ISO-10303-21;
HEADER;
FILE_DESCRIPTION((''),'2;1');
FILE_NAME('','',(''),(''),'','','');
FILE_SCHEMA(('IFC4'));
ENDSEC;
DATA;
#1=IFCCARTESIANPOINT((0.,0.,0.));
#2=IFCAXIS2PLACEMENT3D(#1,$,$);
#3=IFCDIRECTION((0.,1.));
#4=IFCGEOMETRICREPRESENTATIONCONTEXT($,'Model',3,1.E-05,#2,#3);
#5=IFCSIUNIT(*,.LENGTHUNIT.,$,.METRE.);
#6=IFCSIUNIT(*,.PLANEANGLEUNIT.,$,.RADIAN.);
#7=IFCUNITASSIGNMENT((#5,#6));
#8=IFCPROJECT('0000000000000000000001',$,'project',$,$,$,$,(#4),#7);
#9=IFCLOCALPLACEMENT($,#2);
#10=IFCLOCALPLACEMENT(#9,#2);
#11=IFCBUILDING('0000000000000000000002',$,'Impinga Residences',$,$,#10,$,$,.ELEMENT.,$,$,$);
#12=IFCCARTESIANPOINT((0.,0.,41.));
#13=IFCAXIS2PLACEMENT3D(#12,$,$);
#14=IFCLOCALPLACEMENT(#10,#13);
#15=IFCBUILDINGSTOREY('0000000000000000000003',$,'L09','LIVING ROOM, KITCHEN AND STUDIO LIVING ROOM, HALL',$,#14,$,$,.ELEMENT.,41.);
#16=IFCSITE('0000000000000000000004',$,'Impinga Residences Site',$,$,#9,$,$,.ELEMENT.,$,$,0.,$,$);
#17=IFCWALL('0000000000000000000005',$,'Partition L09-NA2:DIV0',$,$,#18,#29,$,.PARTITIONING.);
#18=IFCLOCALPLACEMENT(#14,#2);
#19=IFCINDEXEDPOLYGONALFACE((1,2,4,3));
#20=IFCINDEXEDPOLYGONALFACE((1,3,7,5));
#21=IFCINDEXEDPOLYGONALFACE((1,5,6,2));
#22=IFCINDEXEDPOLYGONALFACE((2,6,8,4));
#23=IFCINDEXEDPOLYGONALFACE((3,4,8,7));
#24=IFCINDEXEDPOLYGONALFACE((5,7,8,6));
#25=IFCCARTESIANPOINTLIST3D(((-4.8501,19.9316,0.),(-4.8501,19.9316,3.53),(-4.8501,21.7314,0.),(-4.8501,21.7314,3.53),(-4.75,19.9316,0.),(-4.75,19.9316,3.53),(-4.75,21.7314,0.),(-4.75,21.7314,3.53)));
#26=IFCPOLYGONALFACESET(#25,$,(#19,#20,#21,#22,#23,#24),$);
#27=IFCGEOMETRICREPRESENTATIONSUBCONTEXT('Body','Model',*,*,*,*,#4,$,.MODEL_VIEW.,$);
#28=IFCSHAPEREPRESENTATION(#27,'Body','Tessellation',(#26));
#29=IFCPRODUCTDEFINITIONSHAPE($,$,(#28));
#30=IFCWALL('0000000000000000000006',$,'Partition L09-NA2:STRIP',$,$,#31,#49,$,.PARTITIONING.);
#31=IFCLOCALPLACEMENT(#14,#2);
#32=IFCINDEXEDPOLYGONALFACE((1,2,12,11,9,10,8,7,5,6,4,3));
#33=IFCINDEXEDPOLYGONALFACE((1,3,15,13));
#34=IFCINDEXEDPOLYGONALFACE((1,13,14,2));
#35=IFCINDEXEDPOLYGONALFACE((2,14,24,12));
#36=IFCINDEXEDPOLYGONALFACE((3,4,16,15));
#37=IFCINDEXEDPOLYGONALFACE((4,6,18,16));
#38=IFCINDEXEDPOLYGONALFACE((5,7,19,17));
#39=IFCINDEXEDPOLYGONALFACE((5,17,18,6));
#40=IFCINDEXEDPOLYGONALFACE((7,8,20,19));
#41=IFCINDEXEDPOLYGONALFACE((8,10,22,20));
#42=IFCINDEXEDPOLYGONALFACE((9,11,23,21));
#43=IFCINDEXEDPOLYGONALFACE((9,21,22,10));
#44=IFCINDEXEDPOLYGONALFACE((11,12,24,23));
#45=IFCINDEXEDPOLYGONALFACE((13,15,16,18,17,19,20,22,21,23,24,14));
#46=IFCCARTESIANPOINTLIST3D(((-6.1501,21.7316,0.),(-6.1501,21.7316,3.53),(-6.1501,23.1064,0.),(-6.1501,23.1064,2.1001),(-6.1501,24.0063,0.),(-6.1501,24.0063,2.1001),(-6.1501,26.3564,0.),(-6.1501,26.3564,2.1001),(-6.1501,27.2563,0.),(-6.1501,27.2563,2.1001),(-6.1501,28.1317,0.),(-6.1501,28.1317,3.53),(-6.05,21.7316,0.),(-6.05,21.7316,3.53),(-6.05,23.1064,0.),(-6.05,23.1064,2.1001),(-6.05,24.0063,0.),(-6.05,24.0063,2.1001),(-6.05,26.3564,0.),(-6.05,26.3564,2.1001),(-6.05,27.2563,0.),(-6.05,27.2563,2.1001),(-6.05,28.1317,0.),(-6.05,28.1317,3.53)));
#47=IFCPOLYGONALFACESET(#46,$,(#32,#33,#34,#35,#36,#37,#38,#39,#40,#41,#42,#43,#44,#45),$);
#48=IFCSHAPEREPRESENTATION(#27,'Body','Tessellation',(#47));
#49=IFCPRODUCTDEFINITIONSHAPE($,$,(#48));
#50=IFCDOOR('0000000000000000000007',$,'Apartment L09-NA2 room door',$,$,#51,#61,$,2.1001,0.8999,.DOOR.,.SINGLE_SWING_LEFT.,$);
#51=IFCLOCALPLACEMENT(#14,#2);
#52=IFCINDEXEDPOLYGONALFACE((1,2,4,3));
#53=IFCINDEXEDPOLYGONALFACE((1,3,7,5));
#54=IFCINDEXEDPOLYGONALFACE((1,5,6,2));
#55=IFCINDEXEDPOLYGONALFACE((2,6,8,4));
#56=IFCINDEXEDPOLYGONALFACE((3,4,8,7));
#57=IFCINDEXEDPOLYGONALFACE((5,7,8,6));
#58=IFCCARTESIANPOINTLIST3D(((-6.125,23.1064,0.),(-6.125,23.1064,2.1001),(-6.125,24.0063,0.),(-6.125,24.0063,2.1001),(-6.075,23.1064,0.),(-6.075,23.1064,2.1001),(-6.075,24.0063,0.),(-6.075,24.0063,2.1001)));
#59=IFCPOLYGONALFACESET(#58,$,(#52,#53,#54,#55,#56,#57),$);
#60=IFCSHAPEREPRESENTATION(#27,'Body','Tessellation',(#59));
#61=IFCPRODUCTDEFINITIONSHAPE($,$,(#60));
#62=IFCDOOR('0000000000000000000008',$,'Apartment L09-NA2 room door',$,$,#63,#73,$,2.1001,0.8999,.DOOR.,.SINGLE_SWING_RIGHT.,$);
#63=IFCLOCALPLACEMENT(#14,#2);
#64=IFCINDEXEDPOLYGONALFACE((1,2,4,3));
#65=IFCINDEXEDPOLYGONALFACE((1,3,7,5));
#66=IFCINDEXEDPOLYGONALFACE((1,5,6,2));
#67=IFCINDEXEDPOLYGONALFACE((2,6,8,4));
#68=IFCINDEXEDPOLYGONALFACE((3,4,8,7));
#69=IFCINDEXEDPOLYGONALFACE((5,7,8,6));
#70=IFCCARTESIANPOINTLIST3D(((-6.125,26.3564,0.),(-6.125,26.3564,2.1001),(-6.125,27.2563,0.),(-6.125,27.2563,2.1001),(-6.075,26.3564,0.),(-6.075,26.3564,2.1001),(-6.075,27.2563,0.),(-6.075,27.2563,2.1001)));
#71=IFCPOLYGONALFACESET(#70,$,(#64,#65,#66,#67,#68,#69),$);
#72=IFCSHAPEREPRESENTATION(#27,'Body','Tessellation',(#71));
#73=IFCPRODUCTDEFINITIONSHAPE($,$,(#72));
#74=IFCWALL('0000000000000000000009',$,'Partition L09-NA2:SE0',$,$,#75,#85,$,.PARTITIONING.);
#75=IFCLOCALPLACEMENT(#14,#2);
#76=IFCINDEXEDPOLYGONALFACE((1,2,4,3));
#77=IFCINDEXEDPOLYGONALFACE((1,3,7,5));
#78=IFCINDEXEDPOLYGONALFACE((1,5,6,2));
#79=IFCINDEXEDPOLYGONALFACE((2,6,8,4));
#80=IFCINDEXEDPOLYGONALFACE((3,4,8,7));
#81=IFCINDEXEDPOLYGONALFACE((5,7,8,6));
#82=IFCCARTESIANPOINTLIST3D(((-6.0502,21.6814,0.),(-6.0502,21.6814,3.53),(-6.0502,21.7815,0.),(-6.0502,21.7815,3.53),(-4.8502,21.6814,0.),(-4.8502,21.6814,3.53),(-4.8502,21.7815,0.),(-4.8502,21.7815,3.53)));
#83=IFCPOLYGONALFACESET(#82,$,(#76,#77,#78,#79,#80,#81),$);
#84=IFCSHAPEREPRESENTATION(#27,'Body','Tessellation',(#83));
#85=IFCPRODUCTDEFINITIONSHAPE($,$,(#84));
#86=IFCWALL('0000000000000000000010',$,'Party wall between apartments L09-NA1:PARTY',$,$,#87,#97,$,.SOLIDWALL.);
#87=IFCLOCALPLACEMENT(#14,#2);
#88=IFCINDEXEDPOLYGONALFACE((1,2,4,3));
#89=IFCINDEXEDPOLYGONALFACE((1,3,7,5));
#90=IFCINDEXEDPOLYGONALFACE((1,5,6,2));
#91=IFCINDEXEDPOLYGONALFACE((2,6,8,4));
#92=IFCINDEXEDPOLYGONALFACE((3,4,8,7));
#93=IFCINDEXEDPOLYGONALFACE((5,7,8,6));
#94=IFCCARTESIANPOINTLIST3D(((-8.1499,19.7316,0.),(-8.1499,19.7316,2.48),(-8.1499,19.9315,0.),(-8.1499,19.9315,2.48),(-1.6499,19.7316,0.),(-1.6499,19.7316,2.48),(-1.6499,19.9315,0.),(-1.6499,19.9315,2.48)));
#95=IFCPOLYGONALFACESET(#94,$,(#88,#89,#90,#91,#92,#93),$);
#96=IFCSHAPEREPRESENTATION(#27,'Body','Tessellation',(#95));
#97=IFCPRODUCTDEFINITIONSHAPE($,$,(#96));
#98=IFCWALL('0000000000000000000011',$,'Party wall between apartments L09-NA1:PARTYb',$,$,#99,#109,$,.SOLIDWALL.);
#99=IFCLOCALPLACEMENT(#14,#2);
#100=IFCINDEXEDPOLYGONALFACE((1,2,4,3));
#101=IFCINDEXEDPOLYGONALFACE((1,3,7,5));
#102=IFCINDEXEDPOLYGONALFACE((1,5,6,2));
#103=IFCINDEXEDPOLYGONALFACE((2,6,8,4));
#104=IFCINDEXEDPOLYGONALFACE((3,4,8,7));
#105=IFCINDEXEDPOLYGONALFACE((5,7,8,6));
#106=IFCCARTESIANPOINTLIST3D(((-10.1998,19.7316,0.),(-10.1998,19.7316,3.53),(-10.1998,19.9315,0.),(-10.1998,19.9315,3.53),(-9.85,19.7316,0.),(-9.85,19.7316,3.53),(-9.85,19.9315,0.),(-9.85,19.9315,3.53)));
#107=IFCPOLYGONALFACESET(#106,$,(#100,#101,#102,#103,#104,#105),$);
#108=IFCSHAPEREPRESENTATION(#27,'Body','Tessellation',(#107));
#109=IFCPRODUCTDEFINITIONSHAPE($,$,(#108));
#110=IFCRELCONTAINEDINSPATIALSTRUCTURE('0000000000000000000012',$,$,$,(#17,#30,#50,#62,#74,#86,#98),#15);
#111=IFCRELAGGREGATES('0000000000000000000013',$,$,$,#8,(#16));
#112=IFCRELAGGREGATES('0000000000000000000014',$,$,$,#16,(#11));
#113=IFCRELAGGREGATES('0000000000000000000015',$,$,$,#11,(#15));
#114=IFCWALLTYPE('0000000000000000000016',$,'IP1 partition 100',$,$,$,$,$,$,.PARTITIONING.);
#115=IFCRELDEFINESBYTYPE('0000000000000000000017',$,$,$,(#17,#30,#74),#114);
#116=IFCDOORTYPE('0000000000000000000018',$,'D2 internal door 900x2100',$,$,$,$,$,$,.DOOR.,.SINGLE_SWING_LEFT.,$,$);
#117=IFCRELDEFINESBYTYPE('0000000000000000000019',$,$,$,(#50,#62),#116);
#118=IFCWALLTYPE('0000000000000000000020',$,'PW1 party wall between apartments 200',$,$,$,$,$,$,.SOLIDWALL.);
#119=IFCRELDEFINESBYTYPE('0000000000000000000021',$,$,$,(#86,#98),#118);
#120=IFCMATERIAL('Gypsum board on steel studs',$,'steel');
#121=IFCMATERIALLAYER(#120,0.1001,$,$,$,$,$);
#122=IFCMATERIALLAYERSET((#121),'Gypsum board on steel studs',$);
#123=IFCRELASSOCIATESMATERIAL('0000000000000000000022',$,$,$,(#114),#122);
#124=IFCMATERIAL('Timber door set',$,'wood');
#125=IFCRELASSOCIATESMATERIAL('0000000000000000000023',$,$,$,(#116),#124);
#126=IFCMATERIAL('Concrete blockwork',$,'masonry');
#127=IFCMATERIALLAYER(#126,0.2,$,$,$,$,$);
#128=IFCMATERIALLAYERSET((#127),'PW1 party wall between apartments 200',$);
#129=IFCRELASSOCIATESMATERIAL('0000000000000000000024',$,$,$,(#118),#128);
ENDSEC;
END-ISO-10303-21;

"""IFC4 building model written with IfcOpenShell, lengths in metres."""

from ifc_helpers import new_model, si_unit, direction, frame, frame_2d, origin, place, context, subcontext, project, spatial, rectangle, extrude, material, layer, layer_set, type_object, element, fill, save


model = new_model("IFC4")

# Units and contexts
model_context = context("Model", 3, precision=1e-05, world=origin(), true_north=direction((0.0, 1.0)))
body_context = subcontext(model_context, "Body", "Model", "MODEL_VIEW")
ifc_project = project(units=[si_unit("LENGTHUNIT", "METRE"), si_unit("PLANEANGLEUNIT", "RADIAN")], contexts=[model_context])

# Site, building, storey
site_placement = place(None, origin())
site = spatial("IfcSite", under=ifc_project, at=site_placement, Name="Impinga Residences Site", CompositionType="ELEMENT", RefElevation=0.0)
building_placement = place(site_placement, origin())
building = spatial("IfcBuilding", under=site, at=building_placement, Name="Impinga Residences", CompositionType="ELEMENT")
storey_placement = place(building_placement, frame((0.0, 0.0, 41.0)))
storey = spatial("IfcBuildingStorey", under=building, at=storey_placement, Name="L09", Description="LIVING ROOM, KITCHEN AND STUDIO LIVING ROOM, HALL", CompositionType="ELEMENT", Elevation=41.0)

# Shared definitions
ifc_material_1 = material(Name="Gypsum board on steel studs", Category="steel")
ifc_layer_1 = layer(ifc_material_1, 0.1001)
ifc_layer_set_1 = layer_set([ifc_layer_1], Name="Gypsum board on steel studs")
wall_type_1 = type_object("IfcWallType", Name="IP1 partition 100", PredefinedType="PARTITIONING", material=ifc_layer_set_1)

# Shared definitions
ifc_material_2 = material(Name="Timber door set", Category="wood")
door_type = type_object("IfcDoorType", Name="D2 internal door 900x2100", OperationType="SINGLE_SWING_LEFT", PredefinedType="DOOR", material=ifc_material_2)

# Wall
wall_1_placement = place(storey_placement, frame((-4.8, 19.9316, 0.0), z_axis=(0.0, 0.0, 1.0), x_axis=(0.0, 1.0, 0.0)))
element("IfcWall", 1, at=wall_1_placement, inside=storey, type_object=wall_type_1, Name="Partition L09-NA2:DIV0", PredefinedType="PARTITIONING", context=body_context, shape_type="SweptSolid", body=[
    extrude(rectangle(XDim=1.7998, YDim=0.1001, at=frame_2d((0.8999, 0.0))), origin(), (0.0, 0.0, 1.0), 3.53),
])

# Wall, openings, doors
wall_2_placement = place(storey_placement, frame((-6.1001, 21.7314, 0.0), z_axis=(0.0, 0.0, 1.0), x_axis=(0.0, 1.0, 0.0)))
wall_2 = element("IfcWall", 2, at=wall_2_placement, inside=storey, type_object=wall_type_1, Name="Partition L09-NA2:STRIP", PredefinedType="PARTITIONING", context=body_context, shape_type="SweptSolid", body=[
    extrude(rectangle(XDim=6.4001, YDim=0.1001, at=frame_2d((3.2002, 0.0))), origin(), (0.0, 0.0, 1.0), 3.53),
])
opening_1_placement = place(wall_2_placement, frame((1.375, 0.0, 0.0)))
opening_1 = element("IfcOpeningElement", 3, at=opening_1_placement, cuts=wall_2, PredefinedType="OPENING", context=body_context, shape_type="SweptSolid", body=[
    extrude(rectangle(XDim=0.8999, YDim=2.1001, at=frame_2d((0.45, 1.05))), frame((0.0, 0.0601, 0.0), z_axis=(0.0, -1.0, 0.0), x_axis=(1.0, 0.0, 0.0)), (0.0, 0.0, 1.0), 0.1201),
])
opening_2_placement = place(wall_2_placement, frame((4.625, 0.0, 0.0)))
opening_2 = element("IfcOpeningElement", 4, at=opening_2_placement, cuts=wall_2, PredefinedType="OPENING", context=body_context, shape_type="SweptSolid", body=[
    extrude(rectangle(XDim=0.8999, YDim=2.1001, at=frame_2d((0.45, 1.05))), frame((0.0, 0.0601, 0.0), z_axis=(0.0, -1.0, 0.0), x_axis=(1.0, 0.0, 0.0)), (0.0, 0.0, 1.0), 0.1201),
])
door_1_placement = place(opening_1_placement, origin())
door_1 = element("IfcDoor", 5, at=door_1_placement, inside=storey, type_object=door_type, Name="Apartment L09-NA2 room door", OperationType="SINGLE_SWING_LEFT", OverallHeight=2.1001, OverallWidth=0.8999, PredefinedType="DOOR", context=body_context, shape_type="SweptSolid", body=[
    extrude(rectangle(XDim=0.8999, YDim=2.1001, at=frame_2d((0.45, 1.05))), frame((0.0, 0.0249, 0.0), z_axis=(0.0, -1.0, 0.0), x_axis=(1.0, 0.0, 0.0)), (0.0, 0.0, 1.0), 0.05),
])
fill(opening_1, door_1)
door_2_placement = place(opening_2_placement, origin())
door_2 = element("IfcDoor", 6, at=door_2_placement, inside=storey, type_object=door_type, Name="Apartment L09-NA2 room door", OperationType="SINGLE_SWING_RIGHT", OverallHeight=2.1001, OverallWidth=0.8999, PredefinedType="DOOR", context=body_context, shape_type="SweptSolid", body=[
    extrude(rectangle(XDim=0.8999, YDim=2.1001, at=frame_2d((0.45, 1.05))), frame((0.0, 0.0249, 0.0), z_axis=(0.0, -1.0, 0.0), x_axis=(1.0, 0.0, 0.0)), (0.0, 0.0, 1.0), 0.05),
])
fill(opening_2, door_2)

# Walls
wall_3_placement = place(storey_placement, frame((-4.8501, 21.7314, 0.0), z_axis=(0.0, 0.0, 1.0), x_axis=(-1.0, 0.0, 0.0)))
element("IfcWall", 7, at=wall_3_placement, inside=storey, type_object=wall_type_1, Name="Partition L09-NA2:SE0", PredefinedType="PARTITIONING", context=body_context, shape_type="SweptSolid", body=[
    extrude(rectangle(XDim=1.2, YDim=0.1001, at=frame_2d((0.6001, 0.0))), origin(), (0.0, 0.0, 1.0), 3.53),
])
ifc_material_3 = material(Name="Concrete blockwork", Category="masonry")
ifc_layer_2 = layer(ifc_material_3, 0.2)
ifc_layer_set_2 = layer_set([ifc_layer_2], Name="PW1 party wall between apartments 200")
wall_type_2 = type_object("IfcWallType", Name="PW1 party wall between apartments 200", PredefinedType="SOLIDWALL", material=ifc_layer_set_2)
wall_4_placement = place(storey_placement, frame((-1.6499, 19.8315, 0.0), z_axis=(0.0, 0.0, 1.0), x_axis=(-1.0, 0.0, 0.0)))
element("IfcWall", 8, at=wall_4_placement, inside=storey, type_object=wall_type_2, Name="Party wall between apartments L09-NA1:PARTY", PredefinedType="SOLIDWALL", context=body_context, shape_type="SweptSolid", body=[
    extrude(rectangle(XDim=6.5, YDim=0.2, at=frame_2d((3.25, 0.0))), origin(), (0.0, 0.0, 1.0), 2.48),
])
wall_5_placement = place(storey_placement, frame((-9.8501, 19.8315, 0.0), z_axis=(0.0, 0.0, 1.0), x_axis=(-1.0, 0.0, 0.0)))
element("IfcWall", 9, at=wall_5_placement, inside=storey, type_object=wall_type_2, Name="Party wall between apartments L09-NA1:PARTYb", PredefinedType="SOLIDWALL", context=body_context, shape_type="SweptSolid", body=[
    extrude(rectangle(XDim=0.3499, YDim=0.2, at=frame_2d((0.1748, 0.0))), origin(), (0.0, 0.0, 1.0), 3.53),
])

save(model, "model.ifc")
